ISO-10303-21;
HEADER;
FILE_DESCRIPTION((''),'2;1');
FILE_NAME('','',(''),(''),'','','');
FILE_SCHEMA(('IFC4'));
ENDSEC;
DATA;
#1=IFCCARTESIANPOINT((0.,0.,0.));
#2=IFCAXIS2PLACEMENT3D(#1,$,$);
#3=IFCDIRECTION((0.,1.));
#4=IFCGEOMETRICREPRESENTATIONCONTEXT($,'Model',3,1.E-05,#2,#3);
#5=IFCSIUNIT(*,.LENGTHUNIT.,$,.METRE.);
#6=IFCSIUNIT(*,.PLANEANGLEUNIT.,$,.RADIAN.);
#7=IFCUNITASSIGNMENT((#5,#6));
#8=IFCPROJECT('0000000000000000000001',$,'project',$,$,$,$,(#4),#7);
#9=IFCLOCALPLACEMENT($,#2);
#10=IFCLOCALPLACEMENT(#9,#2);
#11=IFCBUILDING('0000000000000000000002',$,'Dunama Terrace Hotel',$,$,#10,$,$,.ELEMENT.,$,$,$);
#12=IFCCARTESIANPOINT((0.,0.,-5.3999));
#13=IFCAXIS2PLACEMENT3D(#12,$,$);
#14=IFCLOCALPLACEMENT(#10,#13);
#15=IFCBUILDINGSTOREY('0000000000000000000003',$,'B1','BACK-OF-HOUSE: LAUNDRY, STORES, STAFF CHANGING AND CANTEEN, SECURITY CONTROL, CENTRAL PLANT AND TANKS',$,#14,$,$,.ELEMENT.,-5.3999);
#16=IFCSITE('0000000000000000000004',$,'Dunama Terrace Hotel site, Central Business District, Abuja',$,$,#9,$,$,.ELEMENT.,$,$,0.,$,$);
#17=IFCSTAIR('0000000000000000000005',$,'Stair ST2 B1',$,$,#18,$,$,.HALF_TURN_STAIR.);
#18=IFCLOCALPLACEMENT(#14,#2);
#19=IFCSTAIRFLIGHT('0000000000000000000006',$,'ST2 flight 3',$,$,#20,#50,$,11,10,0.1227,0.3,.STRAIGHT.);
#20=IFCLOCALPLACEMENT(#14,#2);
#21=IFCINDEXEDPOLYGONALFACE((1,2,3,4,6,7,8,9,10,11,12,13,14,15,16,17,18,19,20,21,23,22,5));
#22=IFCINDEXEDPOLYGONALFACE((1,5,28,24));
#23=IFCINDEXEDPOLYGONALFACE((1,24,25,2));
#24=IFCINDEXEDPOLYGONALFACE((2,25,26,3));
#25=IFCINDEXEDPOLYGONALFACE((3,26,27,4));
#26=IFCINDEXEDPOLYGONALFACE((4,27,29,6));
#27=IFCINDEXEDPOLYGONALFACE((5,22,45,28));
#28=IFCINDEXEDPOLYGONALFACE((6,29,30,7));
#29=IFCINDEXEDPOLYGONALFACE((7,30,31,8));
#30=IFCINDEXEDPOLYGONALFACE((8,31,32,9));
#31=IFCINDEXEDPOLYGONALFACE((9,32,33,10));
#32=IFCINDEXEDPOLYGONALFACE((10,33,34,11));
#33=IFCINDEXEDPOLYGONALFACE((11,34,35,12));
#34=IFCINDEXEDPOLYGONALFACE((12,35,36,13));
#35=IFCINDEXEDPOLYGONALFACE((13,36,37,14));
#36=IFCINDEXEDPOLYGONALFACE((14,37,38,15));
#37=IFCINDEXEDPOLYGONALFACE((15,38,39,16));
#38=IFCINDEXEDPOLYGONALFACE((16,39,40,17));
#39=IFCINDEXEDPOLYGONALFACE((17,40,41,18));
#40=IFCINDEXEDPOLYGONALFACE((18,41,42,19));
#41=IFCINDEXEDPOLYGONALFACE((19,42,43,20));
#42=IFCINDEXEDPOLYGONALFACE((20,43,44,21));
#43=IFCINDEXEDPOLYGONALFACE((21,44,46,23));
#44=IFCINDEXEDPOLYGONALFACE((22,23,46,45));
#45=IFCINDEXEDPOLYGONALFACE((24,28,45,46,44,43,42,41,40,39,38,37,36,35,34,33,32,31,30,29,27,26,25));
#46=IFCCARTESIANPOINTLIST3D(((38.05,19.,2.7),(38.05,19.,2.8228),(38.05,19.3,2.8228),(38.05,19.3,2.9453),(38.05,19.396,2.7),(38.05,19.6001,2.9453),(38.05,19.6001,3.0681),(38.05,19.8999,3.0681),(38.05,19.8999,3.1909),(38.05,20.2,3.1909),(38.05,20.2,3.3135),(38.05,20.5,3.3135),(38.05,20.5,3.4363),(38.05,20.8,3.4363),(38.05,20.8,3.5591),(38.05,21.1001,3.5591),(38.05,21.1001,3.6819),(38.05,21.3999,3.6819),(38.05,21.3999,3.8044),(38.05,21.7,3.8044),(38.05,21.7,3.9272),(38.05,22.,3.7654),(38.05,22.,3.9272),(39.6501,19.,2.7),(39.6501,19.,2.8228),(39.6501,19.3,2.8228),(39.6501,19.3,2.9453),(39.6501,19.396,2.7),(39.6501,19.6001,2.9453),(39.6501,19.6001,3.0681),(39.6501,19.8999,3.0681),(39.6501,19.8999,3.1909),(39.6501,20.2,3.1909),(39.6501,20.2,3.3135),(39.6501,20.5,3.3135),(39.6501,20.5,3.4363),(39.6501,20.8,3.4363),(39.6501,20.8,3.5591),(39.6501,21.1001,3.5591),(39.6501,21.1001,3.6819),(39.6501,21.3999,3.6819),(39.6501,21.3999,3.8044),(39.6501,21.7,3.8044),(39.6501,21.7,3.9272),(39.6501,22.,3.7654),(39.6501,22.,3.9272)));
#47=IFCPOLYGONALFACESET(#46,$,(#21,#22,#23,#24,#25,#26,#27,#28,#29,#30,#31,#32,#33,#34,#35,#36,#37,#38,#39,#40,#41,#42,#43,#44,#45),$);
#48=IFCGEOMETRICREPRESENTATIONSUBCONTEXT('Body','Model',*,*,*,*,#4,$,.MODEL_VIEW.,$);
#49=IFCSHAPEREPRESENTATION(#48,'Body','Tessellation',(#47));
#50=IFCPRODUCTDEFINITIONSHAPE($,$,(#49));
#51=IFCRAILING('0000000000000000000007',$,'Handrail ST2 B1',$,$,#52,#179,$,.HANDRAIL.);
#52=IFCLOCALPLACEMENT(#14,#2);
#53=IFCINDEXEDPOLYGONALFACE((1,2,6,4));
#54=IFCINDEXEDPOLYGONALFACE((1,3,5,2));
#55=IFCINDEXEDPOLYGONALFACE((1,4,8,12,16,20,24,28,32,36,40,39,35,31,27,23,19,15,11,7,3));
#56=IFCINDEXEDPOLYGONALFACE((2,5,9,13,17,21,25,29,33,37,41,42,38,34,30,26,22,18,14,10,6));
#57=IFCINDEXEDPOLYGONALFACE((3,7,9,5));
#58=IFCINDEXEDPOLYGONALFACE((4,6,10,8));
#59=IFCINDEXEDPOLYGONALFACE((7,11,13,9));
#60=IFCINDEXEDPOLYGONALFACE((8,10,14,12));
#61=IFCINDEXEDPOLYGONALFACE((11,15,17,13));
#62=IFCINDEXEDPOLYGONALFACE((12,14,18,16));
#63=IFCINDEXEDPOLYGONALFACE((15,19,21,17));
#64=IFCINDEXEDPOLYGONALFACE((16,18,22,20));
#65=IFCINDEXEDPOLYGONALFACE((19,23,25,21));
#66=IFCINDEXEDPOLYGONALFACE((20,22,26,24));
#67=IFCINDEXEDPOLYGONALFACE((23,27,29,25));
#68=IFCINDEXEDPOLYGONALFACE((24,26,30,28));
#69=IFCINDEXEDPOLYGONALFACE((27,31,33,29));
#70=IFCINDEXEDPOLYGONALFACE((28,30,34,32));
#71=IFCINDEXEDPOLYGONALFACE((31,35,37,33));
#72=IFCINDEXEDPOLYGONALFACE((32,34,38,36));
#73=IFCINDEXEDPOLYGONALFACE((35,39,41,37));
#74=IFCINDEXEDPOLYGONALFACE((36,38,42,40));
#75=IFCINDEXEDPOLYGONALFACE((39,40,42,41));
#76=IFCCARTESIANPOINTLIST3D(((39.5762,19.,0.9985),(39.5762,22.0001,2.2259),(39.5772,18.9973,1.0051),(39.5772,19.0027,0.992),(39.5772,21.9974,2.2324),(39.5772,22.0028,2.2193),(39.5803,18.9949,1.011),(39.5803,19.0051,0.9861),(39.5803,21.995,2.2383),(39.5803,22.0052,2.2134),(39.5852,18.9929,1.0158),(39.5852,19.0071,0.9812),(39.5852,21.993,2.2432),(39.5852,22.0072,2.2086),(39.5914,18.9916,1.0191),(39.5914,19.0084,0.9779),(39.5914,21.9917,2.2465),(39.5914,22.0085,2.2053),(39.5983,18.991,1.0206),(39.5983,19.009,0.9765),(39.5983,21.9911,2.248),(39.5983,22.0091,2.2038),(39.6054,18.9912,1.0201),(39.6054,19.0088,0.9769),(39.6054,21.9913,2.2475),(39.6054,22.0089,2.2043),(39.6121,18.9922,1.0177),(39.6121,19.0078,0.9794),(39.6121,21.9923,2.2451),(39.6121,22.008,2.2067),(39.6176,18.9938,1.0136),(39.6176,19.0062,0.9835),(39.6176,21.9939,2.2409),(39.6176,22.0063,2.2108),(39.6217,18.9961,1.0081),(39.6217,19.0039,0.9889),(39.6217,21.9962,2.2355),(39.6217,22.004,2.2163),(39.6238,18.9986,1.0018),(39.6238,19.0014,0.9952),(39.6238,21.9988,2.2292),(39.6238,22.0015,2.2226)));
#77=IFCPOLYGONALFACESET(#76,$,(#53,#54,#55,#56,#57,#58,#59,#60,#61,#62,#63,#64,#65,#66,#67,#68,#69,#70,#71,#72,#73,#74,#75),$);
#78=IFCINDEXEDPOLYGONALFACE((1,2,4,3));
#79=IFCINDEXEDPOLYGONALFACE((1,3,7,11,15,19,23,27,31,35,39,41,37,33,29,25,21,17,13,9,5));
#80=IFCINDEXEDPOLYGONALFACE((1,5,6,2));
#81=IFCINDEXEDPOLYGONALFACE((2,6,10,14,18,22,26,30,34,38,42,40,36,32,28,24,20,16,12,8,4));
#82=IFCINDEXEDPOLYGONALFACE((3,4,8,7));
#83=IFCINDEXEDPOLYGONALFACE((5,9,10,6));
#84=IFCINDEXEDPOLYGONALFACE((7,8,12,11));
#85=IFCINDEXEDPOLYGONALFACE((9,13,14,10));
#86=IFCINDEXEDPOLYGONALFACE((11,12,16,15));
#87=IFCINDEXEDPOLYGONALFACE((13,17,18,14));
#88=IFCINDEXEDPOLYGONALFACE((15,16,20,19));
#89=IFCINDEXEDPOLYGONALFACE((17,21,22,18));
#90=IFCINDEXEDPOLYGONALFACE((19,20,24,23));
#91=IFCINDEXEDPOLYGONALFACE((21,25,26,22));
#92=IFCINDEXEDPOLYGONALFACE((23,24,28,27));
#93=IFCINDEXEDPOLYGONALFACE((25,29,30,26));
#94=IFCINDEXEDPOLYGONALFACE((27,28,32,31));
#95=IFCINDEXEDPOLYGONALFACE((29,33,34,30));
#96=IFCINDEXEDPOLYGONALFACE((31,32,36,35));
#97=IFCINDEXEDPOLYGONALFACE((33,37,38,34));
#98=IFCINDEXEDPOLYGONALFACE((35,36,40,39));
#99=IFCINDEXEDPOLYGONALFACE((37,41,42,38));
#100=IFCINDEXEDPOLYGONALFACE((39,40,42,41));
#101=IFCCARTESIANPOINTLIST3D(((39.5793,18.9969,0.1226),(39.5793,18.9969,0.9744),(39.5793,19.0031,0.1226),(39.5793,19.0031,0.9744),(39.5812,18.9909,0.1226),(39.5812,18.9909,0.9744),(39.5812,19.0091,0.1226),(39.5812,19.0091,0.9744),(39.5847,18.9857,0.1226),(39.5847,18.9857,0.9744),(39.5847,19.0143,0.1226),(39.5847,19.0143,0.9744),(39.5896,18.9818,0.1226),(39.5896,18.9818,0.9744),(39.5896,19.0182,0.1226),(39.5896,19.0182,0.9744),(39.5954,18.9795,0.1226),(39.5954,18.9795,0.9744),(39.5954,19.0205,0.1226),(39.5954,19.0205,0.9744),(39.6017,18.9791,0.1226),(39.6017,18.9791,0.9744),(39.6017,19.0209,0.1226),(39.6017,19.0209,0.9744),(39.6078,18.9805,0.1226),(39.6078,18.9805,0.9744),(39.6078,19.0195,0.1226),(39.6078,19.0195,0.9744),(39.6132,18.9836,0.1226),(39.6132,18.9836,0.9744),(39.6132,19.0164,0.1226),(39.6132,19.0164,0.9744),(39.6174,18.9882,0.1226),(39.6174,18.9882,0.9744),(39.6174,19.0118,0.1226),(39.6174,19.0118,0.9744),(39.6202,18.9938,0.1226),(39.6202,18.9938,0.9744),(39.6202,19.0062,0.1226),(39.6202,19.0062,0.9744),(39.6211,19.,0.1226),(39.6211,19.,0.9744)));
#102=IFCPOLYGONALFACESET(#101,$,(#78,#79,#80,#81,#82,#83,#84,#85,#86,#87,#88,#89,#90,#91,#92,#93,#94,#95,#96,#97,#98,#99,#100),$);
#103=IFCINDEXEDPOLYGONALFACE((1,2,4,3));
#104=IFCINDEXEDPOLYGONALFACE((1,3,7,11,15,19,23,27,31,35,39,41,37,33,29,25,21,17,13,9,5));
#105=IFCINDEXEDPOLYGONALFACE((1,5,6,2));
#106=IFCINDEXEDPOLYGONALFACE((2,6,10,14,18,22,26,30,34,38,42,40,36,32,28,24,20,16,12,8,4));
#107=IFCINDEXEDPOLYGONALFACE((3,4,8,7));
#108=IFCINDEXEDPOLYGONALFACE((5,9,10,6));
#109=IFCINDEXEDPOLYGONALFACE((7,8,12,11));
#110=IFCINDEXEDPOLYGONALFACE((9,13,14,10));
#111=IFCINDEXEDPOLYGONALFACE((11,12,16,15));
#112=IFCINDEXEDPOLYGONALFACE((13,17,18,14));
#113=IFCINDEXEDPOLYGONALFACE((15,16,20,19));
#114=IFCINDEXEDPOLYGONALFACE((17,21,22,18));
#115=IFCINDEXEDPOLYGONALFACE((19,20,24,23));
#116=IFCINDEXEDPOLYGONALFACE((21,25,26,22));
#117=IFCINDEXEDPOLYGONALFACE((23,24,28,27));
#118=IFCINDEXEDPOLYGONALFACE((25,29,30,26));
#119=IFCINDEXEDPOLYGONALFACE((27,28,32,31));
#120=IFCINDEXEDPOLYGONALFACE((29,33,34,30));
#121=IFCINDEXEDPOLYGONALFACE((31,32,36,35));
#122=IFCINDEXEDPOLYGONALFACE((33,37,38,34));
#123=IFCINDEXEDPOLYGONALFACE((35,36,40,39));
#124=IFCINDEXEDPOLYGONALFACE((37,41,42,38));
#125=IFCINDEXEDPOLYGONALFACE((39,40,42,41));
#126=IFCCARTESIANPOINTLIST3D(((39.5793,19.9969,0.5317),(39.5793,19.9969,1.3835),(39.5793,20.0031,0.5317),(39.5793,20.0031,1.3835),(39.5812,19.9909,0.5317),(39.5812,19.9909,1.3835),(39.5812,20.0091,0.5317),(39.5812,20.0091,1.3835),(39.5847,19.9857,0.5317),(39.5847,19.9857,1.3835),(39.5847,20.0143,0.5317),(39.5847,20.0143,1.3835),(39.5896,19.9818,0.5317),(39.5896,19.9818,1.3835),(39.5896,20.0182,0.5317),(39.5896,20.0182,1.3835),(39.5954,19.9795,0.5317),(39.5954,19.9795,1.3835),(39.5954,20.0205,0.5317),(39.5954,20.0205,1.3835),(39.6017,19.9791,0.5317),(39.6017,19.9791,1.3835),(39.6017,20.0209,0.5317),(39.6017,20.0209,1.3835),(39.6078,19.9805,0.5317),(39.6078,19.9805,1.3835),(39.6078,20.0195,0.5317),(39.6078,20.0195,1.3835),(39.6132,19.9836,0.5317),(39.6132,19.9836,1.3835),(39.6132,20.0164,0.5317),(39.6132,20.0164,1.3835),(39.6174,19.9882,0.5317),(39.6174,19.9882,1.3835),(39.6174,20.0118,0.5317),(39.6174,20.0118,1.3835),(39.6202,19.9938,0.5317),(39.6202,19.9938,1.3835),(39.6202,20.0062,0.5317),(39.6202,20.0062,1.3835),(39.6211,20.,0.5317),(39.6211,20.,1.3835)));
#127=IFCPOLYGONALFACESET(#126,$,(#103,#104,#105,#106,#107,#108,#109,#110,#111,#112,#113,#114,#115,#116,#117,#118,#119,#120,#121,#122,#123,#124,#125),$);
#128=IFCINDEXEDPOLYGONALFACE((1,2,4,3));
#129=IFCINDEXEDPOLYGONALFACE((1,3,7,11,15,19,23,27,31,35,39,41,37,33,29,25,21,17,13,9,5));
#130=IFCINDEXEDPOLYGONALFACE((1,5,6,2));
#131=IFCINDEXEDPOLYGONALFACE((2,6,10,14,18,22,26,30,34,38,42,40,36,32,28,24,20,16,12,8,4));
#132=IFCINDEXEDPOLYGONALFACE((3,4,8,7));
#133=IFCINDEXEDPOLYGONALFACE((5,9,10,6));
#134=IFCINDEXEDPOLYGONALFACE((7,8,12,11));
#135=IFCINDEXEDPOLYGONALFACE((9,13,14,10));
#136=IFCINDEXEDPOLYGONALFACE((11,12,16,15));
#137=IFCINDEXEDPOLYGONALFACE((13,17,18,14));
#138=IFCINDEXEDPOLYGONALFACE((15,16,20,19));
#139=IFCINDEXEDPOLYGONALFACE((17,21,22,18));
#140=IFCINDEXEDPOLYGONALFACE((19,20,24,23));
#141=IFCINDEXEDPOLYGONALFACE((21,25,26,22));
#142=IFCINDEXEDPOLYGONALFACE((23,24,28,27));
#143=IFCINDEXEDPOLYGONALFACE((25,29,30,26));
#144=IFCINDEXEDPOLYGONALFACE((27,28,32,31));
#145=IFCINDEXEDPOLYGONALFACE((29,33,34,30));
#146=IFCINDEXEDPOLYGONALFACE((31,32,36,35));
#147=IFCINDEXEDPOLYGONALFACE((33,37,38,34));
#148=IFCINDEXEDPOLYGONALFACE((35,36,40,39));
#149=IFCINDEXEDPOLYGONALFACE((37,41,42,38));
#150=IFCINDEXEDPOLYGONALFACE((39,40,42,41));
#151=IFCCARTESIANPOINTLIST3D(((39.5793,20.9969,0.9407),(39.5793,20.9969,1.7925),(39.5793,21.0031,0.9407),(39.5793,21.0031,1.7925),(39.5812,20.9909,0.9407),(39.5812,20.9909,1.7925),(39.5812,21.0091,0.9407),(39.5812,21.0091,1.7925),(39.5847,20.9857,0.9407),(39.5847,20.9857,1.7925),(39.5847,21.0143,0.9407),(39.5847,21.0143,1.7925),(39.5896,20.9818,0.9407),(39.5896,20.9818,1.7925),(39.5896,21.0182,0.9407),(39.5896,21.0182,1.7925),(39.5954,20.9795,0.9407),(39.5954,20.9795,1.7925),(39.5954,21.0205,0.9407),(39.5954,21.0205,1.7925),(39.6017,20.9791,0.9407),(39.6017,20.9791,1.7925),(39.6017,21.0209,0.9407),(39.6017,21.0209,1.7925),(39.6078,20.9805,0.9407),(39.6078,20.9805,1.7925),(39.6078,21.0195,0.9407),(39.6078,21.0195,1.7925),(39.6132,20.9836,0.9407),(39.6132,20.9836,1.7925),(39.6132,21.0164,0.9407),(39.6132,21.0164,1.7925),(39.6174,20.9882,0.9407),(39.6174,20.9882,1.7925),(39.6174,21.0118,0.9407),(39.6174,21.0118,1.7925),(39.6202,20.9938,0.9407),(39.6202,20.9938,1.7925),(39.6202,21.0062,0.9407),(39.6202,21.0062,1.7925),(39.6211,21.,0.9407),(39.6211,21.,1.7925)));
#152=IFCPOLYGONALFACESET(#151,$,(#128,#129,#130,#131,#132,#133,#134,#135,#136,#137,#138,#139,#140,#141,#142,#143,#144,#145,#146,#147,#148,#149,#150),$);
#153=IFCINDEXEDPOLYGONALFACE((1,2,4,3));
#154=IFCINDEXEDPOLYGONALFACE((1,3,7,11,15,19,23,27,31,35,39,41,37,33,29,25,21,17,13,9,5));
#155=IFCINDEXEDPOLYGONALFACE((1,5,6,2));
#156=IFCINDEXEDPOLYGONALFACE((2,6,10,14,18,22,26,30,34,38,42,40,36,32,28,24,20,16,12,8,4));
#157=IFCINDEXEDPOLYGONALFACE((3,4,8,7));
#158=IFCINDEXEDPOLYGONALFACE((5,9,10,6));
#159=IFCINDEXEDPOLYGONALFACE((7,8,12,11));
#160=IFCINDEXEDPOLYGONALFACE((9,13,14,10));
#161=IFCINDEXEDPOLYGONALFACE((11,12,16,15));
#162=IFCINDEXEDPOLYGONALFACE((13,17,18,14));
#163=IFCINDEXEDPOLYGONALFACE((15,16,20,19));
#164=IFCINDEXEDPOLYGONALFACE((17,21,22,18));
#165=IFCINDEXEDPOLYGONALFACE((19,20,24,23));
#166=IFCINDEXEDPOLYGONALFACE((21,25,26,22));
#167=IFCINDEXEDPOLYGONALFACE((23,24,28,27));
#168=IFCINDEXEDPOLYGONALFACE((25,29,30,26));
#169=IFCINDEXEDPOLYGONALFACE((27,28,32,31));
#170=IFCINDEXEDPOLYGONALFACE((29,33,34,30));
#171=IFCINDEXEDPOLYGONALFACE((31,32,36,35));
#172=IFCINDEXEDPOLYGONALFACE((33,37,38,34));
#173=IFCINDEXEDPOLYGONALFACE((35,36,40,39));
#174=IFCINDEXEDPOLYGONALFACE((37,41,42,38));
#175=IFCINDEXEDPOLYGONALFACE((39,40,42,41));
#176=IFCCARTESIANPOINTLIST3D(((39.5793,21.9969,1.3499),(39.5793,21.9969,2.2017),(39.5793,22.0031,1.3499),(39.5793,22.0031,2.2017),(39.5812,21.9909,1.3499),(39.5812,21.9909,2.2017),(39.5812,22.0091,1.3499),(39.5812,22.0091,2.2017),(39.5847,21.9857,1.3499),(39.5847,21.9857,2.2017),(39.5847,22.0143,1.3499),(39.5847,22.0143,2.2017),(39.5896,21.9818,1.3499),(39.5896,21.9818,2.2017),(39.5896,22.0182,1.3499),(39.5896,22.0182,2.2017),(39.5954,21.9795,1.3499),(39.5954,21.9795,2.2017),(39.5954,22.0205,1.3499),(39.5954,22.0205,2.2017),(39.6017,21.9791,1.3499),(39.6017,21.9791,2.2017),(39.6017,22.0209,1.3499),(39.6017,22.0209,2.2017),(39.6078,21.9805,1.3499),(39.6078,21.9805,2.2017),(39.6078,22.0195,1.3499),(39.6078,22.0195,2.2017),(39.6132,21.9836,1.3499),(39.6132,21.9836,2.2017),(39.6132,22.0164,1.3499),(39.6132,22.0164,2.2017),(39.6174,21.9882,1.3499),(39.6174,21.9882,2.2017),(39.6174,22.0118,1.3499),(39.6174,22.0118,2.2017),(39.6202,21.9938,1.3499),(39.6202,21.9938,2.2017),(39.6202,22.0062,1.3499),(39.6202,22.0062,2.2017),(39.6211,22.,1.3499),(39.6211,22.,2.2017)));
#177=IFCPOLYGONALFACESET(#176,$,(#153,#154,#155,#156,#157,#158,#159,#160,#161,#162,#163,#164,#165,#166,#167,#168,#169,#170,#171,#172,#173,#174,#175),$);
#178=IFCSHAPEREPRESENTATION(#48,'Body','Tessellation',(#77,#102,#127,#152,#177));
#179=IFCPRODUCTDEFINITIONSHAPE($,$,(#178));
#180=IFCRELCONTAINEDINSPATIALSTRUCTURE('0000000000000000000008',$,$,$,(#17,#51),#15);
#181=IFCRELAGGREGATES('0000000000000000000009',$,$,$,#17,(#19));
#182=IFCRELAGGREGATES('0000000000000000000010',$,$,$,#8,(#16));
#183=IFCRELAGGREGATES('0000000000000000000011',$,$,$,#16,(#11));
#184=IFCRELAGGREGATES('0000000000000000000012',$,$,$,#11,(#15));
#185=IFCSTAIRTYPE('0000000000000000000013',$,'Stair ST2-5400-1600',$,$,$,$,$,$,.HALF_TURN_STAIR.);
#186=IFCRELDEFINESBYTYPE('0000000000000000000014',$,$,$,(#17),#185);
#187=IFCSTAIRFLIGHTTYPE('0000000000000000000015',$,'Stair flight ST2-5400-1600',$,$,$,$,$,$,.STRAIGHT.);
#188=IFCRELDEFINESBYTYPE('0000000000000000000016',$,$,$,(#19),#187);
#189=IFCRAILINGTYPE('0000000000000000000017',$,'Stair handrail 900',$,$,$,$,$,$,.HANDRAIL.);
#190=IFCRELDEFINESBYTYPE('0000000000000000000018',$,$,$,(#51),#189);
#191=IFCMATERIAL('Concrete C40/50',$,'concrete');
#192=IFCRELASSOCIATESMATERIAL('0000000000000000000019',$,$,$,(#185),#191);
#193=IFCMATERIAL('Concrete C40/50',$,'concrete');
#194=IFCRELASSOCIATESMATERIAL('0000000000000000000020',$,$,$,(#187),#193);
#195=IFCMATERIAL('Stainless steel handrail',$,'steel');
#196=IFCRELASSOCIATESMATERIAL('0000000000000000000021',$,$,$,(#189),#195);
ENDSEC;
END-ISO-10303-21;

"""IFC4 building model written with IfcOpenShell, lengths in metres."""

from ifc_helpers import new_model, si_unit, direction, frame, origin, origin_2d, place, context, subcontext, project, spatial, polyline, circle, outline, extrude, material, type_object, element, aggregate, save


model = new_model("IFC4")

# Units and contexts
model_context = context("Model", 3, precision=1e-05, world=origin(), true_north=direction((0.0, 1.0)))
body_context = subcontext(model_context, "Body", "Model", "MODEL_VIEW")
ifc_project = project(units=[si_unit("LENGTHUNIT", "METRE"), si_unit("PLANEANGLEUNIT", "RADIAN")], contexts=[model_context])

# Site, building, storey
site_placement = place(None, origin())
site = spatial("IfcSite", under=ifc_project, at=site_placement, Name="Dunama Terrace Hotel site, Central Business District, Abuja", CompositionType="ELEMENT", RefElevation=0.0)
building_placement = place(site_placement, origin())
building = spatial("IfcBuilding", under=site, at=building_placement, Name="Dunama Terrace Hotel", CompositionType="ELEMENT")
storey_placement = place(building_placement, frame((0.0, 0.0, -5.3999)))
storey = spatial("IfcBuildingStorey", under=building, at=storey_placement, Name="B1", Description="BACK-OF-HOUSE: LAUNDRY, STORES, STAFF CHANGING AND CANTEEN, SECURITY CONTROL, CENTRAL PLANT AND TANKS", CompositionType="ELEMENT", Elevation=-5.3999)

# Stair, stair flight
ifc_material_1 = material(Name="Concrete C40/50", Category="concrete")
stair_type = type_object("IfcStairType", Name="Stair ST2-5400-1600", PredefinedType="HALF_TURN_STAIR", material=ifc_material_1)
stair_placement = place(storey_placement, origin())
stair = element("IfcStair", 1, at=stair_placement, inside=storey, type_object=stair_type, Name="Stair ST2 B1", PredefinedType="HALF_TURN_STAIR")
ifc_material_2 = material(Name="Concrete C40/50", Category="concrete")
stair_flight_type = type_object("IfcStairFlightType", Name="Stair flight ST2-5400-1600", PredefinedType="STRAIGHT", material=ifc_material_2)
stair_flight_1_placement = place(storey_placement, frame((38.8501, 19.0, 2.7), z_axis=(0.0, 0.0, 1.0), x_axis=(0.0, 1.0, 0.0)))
stair_flight_1 = element("IfcStairFlight", 2, at=stair_flight_1_placement, type_object=stair_flight_type, Name="ST2 flight 3", NumberOfRisers=11, NumberOfTreads=10, PredefinedType="STRAIGHT", RiserHeight=0.1227, TreadLength=0.3, context=body_context, shape_type="SweptSolid", body=[
    extrude(outline(polyline([(0.0, 0.0), (0.0, 0.1228), (0.3, 0.1228), (0.3, 0.2454), (0.6001, 0.2454), (0.6001, 0.3682), (0.8999, 0.3682), (0.8999, 0.491), (1.2, 0.491), (1.2, 0.6135), (1.5, 0.6135), (1.5, 0.7363), (1.8, 0.7363), (1.8, 0.8591), (2.1001, 0.8591), (2.1001, 0.9819), (2.3999, 0.9819), (2.3999, 1.1045), (2.7, 1.1045), (2.7, 1.2273), (3.0, 1.2273), (3.0, 1.3501), (3.0, 1.0654), (0.396, 0.0), (0.0, 0.0)])), frame((0.0, 0.8, 0.0), z_axis=(0.0, -1.0, 0.0), x_axis=(1.0, 0.0, 0.0)), (0.0, 0.0, 1.0), 1.6001),
])
aggregate(stair, [stair_flight_1])

# Railing
ifc_material_3 = material(Name="Stainless steel handrail", Category="steel")
railing_type = type_object("IfcRailingType", Name="Stair handrail 900", PredefinedType="HANDRAIL", material=ifc_material_3)
railing_1_placement = place(storey_placement, frame((39.6001, 19.0, 0.1226)))
element("IfcRailing", 3, at=railing_1_placement, inside=storey, type_object=railing_type, Name="Handrail ST2 B1", PredefinedType="HANDRAIL", context=body_context, shape_type="SweptSolid", body=[
    extrude(circle(Radius=0.0239, at=origin_2d()), frame((0.0, 0.0, 0.876), z_axis=(0.0, 0.925545, 0.378639), x_axis=(-1.0, 0.0, 0.0)), (0.0, 0.0, 1.0), 3.2415),
    extrude(circle(Radius=0.021, at=origin_2d()), origin(), (0.0, 0.0, 1.0), 0.8518),
    extrude(circle(Radius=0.021, at=origin_2d()), frame((0.0, 1.0, 0.4092)), (0.0, 0.0, 1.0), 0.8518),
    extrude(circle(Radius=0.021, at=origin_2d()), frame((0.0, 2.0, 0.8181)), (0.0, 0.0, 1.0), 0.8518),
    extrude(circle(Radius=0.021, at=origin_2d()), frame((0.0, 3.0, 1.2273)), (0.0, 0.0, 1.0), 0.8518),
])

save(model, "model.ifc")
